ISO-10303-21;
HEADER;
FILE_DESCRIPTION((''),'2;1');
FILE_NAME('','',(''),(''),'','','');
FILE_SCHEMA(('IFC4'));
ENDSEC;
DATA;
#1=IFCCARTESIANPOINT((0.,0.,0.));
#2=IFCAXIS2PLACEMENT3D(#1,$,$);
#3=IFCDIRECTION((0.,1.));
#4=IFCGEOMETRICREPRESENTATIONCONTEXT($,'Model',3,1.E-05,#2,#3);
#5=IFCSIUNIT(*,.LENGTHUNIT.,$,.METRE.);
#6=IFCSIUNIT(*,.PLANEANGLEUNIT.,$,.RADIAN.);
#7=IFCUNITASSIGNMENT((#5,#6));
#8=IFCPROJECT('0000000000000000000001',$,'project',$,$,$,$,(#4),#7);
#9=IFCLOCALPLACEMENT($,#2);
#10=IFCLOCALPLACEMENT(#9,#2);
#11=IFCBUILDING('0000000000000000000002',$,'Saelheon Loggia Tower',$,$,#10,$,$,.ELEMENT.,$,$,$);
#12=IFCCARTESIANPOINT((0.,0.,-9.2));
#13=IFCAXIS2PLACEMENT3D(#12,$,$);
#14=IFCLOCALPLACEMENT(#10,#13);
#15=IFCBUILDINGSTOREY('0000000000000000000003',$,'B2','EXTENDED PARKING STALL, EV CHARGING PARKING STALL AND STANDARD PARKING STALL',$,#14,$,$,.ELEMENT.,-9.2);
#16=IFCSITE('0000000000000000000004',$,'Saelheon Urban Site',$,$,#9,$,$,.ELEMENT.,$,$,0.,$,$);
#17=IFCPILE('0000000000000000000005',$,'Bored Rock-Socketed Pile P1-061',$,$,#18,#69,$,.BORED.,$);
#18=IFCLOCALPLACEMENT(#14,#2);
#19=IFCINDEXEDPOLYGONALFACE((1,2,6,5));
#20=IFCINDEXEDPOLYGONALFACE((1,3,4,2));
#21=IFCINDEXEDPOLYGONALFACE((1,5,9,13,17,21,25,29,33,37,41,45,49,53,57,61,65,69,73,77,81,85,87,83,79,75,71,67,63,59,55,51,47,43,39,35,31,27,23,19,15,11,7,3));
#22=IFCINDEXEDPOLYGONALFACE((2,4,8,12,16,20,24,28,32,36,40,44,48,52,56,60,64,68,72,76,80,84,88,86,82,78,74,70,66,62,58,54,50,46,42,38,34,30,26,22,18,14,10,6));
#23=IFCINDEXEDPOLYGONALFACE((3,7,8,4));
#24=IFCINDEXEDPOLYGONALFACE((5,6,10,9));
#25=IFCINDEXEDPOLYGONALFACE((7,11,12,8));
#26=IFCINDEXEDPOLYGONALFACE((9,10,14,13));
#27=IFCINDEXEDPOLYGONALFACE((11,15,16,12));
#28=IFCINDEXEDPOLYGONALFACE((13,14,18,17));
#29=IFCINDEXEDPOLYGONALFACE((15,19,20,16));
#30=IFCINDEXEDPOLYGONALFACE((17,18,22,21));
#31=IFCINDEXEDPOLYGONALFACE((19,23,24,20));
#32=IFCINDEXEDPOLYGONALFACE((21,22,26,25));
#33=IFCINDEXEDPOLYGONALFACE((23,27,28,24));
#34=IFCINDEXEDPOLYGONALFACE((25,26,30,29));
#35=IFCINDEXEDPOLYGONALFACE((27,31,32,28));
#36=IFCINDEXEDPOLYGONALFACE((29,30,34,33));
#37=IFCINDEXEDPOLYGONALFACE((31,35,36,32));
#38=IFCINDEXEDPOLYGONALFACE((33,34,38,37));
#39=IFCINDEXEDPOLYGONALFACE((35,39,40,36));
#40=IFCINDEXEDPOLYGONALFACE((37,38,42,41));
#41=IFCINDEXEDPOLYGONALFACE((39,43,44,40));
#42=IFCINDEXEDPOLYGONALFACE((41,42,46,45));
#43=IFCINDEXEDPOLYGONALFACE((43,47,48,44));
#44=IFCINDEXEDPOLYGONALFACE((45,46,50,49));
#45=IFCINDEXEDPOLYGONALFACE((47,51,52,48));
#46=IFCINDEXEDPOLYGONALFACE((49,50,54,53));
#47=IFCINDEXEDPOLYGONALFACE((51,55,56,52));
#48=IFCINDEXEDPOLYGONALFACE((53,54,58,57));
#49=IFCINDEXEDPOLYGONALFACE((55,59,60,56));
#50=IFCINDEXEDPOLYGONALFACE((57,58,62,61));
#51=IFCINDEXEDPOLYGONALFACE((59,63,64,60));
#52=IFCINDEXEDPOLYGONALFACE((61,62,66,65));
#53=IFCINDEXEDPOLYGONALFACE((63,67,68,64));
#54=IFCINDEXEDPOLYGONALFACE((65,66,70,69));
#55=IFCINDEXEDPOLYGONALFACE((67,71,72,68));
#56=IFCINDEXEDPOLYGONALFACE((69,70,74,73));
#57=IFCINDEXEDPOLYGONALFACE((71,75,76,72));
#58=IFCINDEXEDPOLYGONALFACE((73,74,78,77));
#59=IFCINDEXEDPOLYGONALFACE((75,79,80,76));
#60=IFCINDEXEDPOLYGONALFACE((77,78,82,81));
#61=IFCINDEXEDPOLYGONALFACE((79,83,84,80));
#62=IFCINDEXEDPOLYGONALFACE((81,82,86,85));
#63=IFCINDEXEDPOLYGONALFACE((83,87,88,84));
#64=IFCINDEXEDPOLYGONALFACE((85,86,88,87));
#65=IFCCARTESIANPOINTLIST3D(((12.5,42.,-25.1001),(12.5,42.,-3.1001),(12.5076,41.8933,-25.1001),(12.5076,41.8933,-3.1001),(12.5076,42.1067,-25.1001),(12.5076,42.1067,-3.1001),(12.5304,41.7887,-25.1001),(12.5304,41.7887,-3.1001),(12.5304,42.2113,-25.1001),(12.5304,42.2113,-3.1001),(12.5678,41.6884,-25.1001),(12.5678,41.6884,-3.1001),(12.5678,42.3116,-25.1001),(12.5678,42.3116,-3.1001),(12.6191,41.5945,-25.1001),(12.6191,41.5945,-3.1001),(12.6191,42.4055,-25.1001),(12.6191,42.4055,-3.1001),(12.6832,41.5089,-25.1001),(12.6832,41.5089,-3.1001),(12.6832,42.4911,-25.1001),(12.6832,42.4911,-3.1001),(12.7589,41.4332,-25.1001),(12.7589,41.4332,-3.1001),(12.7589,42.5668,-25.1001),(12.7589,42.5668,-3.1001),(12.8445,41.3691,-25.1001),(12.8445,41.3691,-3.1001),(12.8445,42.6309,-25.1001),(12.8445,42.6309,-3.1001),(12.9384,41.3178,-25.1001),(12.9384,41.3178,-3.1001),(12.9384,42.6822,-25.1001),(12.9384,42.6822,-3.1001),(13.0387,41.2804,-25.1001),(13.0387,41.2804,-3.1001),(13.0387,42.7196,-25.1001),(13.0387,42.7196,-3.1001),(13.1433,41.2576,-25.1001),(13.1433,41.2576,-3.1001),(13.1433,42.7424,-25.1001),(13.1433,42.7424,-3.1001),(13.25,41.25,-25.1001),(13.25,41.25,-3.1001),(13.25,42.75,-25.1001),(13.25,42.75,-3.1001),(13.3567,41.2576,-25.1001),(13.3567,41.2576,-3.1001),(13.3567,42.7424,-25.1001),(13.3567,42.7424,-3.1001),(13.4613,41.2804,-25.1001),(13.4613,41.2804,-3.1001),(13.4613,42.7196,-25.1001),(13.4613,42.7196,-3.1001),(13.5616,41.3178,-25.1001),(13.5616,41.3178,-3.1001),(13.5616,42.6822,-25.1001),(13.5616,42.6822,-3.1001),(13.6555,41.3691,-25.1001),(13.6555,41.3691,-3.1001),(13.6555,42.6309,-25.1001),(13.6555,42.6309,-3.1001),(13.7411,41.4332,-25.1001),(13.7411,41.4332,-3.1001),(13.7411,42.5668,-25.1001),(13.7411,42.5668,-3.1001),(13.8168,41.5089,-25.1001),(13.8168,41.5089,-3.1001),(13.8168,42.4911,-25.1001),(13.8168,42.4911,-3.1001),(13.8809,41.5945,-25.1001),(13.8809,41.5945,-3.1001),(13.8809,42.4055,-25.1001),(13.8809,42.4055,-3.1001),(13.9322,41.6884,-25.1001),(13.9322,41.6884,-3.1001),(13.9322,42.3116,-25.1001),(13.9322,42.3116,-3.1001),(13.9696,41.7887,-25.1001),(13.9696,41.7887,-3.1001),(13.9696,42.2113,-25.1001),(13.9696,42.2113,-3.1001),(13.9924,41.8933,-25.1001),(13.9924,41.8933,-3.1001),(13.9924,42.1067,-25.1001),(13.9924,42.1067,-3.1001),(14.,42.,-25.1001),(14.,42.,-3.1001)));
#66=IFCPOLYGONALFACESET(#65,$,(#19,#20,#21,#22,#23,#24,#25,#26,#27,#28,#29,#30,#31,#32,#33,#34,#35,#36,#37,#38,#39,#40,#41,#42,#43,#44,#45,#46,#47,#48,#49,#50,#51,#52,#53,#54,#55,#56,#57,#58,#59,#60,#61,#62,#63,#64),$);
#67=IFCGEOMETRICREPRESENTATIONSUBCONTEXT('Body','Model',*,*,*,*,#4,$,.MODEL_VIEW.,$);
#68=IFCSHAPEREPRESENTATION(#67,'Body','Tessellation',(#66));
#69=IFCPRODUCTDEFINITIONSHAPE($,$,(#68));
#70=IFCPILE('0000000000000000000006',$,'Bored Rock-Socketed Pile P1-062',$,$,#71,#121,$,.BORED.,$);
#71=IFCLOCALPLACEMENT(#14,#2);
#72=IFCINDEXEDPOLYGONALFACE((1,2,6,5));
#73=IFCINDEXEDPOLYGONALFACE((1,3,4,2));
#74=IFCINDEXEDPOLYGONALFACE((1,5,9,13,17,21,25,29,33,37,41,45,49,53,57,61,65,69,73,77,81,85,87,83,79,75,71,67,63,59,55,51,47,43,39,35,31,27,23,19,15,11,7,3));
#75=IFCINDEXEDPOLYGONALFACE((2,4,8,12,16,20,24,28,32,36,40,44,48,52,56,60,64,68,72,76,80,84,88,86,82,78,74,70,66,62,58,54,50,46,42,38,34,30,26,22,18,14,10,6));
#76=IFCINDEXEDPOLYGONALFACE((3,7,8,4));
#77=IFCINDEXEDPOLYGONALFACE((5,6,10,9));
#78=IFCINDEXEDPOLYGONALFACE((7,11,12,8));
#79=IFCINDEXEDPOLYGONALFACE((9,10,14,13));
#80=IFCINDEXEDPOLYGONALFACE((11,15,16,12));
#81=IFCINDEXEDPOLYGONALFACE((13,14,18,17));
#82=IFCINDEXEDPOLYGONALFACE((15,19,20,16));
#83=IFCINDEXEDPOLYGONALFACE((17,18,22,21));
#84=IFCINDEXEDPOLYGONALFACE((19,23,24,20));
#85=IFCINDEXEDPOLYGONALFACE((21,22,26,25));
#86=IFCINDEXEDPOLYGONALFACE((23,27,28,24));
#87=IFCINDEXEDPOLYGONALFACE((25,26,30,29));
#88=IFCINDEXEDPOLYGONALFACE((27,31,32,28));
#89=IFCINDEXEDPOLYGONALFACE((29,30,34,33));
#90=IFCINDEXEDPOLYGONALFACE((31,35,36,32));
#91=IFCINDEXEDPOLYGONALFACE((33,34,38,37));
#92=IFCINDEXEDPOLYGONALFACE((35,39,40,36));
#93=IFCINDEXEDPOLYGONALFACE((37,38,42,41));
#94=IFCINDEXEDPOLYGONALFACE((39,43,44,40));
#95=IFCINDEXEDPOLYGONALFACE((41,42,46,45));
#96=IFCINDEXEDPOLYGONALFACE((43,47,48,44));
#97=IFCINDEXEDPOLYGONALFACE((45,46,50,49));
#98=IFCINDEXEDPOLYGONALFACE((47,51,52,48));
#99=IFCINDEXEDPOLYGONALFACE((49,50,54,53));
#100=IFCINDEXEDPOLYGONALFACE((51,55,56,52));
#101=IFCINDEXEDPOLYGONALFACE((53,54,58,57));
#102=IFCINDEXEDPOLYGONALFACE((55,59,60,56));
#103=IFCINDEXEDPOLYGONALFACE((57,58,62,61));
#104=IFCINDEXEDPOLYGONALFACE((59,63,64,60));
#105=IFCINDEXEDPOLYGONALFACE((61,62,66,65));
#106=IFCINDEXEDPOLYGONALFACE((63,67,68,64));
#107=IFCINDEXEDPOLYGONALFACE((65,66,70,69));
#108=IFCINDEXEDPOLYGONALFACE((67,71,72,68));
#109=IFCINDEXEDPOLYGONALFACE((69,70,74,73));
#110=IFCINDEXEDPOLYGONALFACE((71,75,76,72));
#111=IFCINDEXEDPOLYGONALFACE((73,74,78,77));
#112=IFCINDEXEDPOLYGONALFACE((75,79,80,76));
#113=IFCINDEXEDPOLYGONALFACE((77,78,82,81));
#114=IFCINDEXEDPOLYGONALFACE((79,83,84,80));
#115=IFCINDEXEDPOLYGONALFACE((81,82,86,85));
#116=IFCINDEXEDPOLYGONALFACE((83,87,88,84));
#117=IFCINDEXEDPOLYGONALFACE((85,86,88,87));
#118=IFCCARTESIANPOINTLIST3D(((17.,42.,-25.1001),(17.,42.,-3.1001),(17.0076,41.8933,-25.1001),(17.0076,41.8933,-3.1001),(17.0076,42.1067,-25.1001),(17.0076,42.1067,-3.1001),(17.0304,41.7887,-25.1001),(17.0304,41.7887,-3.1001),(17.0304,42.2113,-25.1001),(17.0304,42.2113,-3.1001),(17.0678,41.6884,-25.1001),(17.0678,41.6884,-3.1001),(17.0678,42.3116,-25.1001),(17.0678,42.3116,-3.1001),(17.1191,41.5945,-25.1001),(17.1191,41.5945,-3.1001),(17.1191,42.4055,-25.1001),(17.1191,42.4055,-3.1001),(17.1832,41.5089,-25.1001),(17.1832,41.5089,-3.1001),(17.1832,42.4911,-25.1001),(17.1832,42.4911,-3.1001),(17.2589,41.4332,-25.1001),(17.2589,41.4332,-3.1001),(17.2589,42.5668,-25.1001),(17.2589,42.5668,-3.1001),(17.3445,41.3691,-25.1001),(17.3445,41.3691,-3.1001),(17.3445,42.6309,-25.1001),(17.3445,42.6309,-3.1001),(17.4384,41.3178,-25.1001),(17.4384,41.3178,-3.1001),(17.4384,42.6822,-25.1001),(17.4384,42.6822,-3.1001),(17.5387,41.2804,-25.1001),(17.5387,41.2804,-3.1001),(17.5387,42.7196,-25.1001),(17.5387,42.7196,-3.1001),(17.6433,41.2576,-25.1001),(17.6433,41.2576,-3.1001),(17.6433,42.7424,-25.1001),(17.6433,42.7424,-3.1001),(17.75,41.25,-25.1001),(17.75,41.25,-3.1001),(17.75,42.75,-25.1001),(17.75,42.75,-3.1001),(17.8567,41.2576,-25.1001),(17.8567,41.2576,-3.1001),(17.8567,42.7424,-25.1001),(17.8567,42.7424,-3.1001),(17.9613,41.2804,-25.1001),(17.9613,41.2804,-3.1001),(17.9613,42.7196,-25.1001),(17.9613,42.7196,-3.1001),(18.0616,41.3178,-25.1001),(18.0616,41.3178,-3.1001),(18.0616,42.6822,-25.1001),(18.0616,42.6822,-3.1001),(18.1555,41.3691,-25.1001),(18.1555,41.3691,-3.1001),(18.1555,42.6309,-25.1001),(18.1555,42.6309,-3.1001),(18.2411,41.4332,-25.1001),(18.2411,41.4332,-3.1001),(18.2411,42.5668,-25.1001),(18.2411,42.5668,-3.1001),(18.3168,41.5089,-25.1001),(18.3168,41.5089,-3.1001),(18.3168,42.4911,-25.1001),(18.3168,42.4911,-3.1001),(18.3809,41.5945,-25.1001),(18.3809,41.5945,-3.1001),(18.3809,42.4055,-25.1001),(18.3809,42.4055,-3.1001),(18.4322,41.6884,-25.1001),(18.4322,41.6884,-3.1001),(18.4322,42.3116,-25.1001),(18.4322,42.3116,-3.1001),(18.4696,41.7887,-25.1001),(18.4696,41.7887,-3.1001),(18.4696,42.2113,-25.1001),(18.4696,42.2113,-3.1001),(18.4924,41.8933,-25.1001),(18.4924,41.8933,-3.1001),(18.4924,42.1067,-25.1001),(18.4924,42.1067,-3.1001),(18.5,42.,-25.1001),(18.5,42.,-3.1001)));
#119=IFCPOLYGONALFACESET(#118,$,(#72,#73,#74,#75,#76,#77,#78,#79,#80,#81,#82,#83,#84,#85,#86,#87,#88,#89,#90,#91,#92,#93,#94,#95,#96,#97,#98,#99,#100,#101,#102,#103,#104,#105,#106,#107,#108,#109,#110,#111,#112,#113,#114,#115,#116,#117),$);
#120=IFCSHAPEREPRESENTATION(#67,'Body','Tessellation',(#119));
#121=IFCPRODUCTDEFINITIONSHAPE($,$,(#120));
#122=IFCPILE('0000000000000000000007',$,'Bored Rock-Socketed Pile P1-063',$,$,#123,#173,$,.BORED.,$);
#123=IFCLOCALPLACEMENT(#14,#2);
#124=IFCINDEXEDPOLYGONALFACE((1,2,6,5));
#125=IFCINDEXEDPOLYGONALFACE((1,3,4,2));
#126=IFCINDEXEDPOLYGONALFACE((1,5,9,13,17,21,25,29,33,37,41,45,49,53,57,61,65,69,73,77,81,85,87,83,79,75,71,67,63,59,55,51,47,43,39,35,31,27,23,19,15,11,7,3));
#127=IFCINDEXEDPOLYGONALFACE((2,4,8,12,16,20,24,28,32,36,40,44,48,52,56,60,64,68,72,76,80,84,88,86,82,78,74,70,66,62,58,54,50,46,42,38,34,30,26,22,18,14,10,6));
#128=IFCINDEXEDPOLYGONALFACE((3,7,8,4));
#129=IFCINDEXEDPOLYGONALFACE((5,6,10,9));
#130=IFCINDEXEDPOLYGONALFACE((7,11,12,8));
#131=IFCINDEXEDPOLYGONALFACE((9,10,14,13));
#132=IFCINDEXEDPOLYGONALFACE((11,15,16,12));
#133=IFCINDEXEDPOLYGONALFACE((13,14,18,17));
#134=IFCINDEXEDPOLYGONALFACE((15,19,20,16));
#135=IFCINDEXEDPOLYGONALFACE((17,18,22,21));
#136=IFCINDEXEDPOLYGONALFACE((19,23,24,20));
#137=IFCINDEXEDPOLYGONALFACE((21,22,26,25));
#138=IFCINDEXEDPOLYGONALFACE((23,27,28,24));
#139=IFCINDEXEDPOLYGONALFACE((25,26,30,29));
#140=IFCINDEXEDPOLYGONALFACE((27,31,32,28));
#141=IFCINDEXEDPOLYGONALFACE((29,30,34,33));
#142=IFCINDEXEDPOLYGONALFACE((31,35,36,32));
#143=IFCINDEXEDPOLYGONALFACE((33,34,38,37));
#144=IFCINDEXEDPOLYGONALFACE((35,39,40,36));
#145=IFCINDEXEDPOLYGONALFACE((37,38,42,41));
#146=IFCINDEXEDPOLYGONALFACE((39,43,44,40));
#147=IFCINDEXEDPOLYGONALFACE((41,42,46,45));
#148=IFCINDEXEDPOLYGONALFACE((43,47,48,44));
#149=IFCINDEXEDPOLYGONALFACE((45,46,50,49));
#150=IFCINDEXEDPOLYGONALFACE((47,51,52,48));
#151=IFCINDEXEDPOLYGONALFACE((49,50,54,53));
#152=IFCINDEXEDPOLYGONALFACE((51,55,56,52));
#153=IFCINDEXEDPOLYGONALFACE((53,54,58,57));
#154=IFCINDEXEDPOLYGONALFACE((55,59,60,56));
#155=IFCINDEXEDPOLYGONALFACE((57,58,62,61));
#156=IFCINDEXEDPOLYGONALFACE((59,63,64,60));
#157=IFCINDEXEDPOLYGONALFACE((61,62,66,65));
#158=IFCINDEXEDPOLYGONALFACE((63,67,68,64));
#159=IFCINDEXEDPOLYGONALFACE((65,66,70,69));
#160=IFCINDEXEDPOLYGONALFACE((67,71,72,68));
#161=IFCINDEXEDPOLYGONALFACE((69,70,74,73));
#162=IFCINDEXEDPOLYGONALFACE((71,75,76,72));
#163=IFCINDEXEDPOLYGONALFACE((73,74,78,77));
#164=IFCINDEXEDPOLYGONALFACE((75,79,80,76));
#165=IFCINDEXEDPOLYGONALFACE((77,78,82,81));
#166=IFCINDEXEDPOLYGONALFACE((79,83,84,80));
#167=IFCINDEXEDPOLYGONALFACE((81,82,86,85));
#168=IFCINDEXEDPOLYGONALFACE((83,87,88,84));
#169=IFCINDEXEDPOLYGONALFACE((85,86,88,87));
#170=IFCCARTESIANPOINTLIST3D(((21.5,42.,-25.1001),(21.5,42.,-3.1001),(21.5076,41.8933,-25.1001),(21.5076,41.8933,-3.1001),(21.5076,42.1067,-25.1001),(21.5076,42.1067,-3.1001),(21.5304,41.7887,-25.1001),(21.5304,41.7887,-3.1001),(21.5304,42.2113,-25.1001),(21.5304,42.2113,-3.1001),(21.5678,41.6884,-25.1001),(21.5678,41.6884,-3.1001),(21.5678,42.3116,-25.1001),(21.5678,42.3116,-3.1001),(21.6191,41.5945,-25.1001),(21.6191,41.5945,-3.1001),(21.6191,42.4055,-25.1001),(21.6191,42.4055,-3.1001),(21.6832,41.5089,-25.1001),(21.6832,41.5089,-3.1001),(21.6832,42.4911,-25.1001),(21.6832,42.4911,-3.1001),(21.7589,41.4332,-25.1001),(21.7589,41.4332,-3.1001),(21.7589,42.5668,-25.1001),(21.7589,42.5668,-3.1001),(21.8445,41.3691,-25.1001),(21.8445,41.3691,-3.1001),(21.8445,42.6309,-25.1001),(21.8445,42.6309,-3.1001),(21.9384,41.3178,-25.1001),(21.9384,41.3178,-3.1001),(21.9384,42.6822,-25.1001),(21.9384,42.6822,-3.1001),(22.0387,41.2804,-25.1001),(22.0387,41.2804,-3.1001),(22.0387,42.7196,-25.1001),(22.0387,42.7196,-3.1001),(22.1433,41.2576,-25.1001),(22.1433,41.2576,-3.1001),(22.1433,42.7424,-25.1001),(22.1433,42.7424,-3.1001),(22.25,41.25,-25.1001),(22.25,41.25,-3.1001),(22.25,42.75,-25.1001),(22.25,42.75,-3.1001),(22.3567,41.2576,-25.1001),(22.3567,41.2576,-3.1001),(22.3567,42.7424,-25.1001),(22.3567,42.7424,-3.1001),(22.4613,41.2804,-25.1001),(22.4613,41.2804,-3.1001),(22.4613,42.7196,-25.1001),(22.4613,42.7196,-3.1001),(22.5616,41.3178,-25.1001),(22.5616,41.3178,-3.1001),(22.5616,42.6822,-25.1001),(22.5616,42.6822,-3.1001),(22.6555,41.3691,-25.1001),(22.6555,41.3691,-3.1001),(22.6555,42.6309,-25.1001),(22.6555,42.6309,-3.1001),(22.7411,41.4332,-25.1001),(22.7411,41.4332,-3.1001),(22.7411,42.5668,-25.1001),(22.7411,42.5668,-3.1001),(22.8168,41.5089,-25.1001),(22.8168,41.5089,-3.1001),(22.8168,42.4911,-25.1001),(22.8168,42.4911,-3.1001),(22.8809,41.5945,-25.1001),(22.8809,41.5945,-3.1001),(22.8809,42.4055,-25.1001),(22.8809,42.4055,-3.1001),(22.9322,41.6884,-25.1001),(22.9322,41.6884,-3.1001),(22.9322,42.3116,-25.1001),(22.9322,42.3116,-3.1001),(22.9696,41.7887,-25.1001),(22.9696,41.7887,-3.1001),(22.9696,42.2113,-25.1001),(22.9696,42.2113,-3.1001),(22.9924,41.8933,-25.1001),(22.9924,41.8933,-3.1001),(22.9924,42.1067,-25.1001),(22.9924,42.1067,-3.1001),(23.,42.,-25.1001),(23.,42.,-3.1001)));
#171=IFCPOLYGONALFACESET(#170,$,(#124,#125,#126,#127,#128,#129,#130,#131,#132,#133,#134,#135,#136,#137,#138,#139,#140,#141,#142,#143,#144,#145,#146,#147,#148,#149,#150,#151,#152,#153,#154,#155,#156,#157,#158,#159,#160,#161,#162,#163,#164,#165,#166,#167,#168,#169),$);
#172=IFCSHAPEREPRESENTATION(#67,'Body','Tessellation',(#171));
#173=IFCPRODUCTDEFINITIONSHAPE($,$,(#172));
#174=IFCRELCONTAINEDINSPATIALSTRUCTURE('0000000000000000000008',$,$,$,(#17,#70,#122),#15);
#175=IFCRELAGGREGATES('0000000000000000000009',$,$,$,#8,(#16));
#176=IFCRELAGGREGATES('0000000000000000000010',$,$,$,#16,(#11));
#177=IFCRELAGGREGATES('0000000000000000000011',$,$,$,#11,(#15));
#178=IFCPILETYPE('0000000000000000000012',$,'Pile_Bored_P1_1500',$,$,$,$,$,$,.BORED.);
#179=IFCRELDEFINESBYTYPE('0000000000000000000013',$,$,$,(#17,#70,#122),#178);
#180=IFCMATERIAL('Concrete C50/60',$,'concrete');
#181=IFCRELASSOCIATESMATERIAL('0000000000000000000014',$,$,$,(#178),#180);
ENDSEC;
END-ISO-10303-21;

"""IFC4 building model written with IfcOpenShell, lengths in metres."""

from ifc_helpers import new_model, si_unit, direction, frame, origin, origin_2d, place, context, subcontext, project, spatial, circle, extrude, source, transform, mapped, material, material_profile, profile_set, type_object, element, save


model = new_model("IFC4")

# Units and contexts
model_context = context("Model", 3, precision=1e-05, world=origin(), true_north=direction((0.0, 1.0)))
body_context = subcontext(model_context, "Body", "Model", "MODEL_VIEW")
ifc_project = project(units=[si_unit("LENGTHUNIT", "METRE"), si_unit("PLANEANGLEUNIT", "RADIAN")], contexts=[model_context])

# Site, building, storey
site_placement = place(None, origin())
site = spatial("IfcSite", under=ifc_project, at=site_placement, Name="Saelheon Urban Site", CompositionType="ELEMENT", RefElevation=0.0)
building_placement = place(site_placement, origin())
building = spatial("IfcBuilding", under=site, at=building_placement, Name="Saelheon Loggia Tower", CompositionType="ELEMENT")
storey_placement = place(building_placement, frame((0.0, 0.0, -9.2)))
storey = spatial("IfcBuildingStorey", under=building, at=storey_placement, Name="B2", Description="EXTENDED PARKING STALL, EV CHARGING PARKING STALL AND STANDARD PARKING STALL", CompositionType="ELEMENT", Elevation=-9.2)

# Piles
ifc_material_1 = material(Name="Concrete C50/60", Category="concrete")
ifc_material_profile_1 = material_profile(ifc_material_1, circle(Radius=0.75, at=origin_2d()), Name="CIRC-1500")
ifc_profile_set_1 = profile_set([ifc_material_profile_1], Name="Concrete C50/60")
pile_type = type_object("IfcPileType", Name="Pile_Bored_P1_1500", PredefinedType="BORED", material=ifc_profile_set_1)
shared_shape_1 = source(origin(), body_context, "Body", "SweptSolid", [
    extrude(circle(Radius=0.75, at=origin_2d()), origin(), (0.0, 0.0, 1.0), 22.0),
])
for number, where, z_axis, x_axis, name in (
    (1, (13.25, 42.0, -3.1001), (0.0, 0.0, -1.0), (1.0, 0.0, 0.0), "Bored Rock-Socketed Pile P1-061"),
    (2, (17.75, 42.0, -3.1001), (0.0, 0.0, -1.0), (1.0, 0.0, 0.0), "Bored Rock-Socketed Pile P1-062"),
    (3, (22.25, 42.0, -3.1001), (0.0, 0.0, -1.0), (1.0, 0.0, 0.0), "Bored Rock-Socketed Pile P1-063"),
):
    element("IfcPile", number, at=place(storey_placement, frame(where, z_axis=z_axis, x_axis=x_axis)), inside=storey, type_object=pile_type, Name=name, PredefinedType="BORED", context=body_context, shape_type="MappedRepresentation", body=[
        mapped(shared_shape_1, transform((0.0, 0.0, 0.0), scale=1.0)),
    ])

save(model, "model.ifc")
